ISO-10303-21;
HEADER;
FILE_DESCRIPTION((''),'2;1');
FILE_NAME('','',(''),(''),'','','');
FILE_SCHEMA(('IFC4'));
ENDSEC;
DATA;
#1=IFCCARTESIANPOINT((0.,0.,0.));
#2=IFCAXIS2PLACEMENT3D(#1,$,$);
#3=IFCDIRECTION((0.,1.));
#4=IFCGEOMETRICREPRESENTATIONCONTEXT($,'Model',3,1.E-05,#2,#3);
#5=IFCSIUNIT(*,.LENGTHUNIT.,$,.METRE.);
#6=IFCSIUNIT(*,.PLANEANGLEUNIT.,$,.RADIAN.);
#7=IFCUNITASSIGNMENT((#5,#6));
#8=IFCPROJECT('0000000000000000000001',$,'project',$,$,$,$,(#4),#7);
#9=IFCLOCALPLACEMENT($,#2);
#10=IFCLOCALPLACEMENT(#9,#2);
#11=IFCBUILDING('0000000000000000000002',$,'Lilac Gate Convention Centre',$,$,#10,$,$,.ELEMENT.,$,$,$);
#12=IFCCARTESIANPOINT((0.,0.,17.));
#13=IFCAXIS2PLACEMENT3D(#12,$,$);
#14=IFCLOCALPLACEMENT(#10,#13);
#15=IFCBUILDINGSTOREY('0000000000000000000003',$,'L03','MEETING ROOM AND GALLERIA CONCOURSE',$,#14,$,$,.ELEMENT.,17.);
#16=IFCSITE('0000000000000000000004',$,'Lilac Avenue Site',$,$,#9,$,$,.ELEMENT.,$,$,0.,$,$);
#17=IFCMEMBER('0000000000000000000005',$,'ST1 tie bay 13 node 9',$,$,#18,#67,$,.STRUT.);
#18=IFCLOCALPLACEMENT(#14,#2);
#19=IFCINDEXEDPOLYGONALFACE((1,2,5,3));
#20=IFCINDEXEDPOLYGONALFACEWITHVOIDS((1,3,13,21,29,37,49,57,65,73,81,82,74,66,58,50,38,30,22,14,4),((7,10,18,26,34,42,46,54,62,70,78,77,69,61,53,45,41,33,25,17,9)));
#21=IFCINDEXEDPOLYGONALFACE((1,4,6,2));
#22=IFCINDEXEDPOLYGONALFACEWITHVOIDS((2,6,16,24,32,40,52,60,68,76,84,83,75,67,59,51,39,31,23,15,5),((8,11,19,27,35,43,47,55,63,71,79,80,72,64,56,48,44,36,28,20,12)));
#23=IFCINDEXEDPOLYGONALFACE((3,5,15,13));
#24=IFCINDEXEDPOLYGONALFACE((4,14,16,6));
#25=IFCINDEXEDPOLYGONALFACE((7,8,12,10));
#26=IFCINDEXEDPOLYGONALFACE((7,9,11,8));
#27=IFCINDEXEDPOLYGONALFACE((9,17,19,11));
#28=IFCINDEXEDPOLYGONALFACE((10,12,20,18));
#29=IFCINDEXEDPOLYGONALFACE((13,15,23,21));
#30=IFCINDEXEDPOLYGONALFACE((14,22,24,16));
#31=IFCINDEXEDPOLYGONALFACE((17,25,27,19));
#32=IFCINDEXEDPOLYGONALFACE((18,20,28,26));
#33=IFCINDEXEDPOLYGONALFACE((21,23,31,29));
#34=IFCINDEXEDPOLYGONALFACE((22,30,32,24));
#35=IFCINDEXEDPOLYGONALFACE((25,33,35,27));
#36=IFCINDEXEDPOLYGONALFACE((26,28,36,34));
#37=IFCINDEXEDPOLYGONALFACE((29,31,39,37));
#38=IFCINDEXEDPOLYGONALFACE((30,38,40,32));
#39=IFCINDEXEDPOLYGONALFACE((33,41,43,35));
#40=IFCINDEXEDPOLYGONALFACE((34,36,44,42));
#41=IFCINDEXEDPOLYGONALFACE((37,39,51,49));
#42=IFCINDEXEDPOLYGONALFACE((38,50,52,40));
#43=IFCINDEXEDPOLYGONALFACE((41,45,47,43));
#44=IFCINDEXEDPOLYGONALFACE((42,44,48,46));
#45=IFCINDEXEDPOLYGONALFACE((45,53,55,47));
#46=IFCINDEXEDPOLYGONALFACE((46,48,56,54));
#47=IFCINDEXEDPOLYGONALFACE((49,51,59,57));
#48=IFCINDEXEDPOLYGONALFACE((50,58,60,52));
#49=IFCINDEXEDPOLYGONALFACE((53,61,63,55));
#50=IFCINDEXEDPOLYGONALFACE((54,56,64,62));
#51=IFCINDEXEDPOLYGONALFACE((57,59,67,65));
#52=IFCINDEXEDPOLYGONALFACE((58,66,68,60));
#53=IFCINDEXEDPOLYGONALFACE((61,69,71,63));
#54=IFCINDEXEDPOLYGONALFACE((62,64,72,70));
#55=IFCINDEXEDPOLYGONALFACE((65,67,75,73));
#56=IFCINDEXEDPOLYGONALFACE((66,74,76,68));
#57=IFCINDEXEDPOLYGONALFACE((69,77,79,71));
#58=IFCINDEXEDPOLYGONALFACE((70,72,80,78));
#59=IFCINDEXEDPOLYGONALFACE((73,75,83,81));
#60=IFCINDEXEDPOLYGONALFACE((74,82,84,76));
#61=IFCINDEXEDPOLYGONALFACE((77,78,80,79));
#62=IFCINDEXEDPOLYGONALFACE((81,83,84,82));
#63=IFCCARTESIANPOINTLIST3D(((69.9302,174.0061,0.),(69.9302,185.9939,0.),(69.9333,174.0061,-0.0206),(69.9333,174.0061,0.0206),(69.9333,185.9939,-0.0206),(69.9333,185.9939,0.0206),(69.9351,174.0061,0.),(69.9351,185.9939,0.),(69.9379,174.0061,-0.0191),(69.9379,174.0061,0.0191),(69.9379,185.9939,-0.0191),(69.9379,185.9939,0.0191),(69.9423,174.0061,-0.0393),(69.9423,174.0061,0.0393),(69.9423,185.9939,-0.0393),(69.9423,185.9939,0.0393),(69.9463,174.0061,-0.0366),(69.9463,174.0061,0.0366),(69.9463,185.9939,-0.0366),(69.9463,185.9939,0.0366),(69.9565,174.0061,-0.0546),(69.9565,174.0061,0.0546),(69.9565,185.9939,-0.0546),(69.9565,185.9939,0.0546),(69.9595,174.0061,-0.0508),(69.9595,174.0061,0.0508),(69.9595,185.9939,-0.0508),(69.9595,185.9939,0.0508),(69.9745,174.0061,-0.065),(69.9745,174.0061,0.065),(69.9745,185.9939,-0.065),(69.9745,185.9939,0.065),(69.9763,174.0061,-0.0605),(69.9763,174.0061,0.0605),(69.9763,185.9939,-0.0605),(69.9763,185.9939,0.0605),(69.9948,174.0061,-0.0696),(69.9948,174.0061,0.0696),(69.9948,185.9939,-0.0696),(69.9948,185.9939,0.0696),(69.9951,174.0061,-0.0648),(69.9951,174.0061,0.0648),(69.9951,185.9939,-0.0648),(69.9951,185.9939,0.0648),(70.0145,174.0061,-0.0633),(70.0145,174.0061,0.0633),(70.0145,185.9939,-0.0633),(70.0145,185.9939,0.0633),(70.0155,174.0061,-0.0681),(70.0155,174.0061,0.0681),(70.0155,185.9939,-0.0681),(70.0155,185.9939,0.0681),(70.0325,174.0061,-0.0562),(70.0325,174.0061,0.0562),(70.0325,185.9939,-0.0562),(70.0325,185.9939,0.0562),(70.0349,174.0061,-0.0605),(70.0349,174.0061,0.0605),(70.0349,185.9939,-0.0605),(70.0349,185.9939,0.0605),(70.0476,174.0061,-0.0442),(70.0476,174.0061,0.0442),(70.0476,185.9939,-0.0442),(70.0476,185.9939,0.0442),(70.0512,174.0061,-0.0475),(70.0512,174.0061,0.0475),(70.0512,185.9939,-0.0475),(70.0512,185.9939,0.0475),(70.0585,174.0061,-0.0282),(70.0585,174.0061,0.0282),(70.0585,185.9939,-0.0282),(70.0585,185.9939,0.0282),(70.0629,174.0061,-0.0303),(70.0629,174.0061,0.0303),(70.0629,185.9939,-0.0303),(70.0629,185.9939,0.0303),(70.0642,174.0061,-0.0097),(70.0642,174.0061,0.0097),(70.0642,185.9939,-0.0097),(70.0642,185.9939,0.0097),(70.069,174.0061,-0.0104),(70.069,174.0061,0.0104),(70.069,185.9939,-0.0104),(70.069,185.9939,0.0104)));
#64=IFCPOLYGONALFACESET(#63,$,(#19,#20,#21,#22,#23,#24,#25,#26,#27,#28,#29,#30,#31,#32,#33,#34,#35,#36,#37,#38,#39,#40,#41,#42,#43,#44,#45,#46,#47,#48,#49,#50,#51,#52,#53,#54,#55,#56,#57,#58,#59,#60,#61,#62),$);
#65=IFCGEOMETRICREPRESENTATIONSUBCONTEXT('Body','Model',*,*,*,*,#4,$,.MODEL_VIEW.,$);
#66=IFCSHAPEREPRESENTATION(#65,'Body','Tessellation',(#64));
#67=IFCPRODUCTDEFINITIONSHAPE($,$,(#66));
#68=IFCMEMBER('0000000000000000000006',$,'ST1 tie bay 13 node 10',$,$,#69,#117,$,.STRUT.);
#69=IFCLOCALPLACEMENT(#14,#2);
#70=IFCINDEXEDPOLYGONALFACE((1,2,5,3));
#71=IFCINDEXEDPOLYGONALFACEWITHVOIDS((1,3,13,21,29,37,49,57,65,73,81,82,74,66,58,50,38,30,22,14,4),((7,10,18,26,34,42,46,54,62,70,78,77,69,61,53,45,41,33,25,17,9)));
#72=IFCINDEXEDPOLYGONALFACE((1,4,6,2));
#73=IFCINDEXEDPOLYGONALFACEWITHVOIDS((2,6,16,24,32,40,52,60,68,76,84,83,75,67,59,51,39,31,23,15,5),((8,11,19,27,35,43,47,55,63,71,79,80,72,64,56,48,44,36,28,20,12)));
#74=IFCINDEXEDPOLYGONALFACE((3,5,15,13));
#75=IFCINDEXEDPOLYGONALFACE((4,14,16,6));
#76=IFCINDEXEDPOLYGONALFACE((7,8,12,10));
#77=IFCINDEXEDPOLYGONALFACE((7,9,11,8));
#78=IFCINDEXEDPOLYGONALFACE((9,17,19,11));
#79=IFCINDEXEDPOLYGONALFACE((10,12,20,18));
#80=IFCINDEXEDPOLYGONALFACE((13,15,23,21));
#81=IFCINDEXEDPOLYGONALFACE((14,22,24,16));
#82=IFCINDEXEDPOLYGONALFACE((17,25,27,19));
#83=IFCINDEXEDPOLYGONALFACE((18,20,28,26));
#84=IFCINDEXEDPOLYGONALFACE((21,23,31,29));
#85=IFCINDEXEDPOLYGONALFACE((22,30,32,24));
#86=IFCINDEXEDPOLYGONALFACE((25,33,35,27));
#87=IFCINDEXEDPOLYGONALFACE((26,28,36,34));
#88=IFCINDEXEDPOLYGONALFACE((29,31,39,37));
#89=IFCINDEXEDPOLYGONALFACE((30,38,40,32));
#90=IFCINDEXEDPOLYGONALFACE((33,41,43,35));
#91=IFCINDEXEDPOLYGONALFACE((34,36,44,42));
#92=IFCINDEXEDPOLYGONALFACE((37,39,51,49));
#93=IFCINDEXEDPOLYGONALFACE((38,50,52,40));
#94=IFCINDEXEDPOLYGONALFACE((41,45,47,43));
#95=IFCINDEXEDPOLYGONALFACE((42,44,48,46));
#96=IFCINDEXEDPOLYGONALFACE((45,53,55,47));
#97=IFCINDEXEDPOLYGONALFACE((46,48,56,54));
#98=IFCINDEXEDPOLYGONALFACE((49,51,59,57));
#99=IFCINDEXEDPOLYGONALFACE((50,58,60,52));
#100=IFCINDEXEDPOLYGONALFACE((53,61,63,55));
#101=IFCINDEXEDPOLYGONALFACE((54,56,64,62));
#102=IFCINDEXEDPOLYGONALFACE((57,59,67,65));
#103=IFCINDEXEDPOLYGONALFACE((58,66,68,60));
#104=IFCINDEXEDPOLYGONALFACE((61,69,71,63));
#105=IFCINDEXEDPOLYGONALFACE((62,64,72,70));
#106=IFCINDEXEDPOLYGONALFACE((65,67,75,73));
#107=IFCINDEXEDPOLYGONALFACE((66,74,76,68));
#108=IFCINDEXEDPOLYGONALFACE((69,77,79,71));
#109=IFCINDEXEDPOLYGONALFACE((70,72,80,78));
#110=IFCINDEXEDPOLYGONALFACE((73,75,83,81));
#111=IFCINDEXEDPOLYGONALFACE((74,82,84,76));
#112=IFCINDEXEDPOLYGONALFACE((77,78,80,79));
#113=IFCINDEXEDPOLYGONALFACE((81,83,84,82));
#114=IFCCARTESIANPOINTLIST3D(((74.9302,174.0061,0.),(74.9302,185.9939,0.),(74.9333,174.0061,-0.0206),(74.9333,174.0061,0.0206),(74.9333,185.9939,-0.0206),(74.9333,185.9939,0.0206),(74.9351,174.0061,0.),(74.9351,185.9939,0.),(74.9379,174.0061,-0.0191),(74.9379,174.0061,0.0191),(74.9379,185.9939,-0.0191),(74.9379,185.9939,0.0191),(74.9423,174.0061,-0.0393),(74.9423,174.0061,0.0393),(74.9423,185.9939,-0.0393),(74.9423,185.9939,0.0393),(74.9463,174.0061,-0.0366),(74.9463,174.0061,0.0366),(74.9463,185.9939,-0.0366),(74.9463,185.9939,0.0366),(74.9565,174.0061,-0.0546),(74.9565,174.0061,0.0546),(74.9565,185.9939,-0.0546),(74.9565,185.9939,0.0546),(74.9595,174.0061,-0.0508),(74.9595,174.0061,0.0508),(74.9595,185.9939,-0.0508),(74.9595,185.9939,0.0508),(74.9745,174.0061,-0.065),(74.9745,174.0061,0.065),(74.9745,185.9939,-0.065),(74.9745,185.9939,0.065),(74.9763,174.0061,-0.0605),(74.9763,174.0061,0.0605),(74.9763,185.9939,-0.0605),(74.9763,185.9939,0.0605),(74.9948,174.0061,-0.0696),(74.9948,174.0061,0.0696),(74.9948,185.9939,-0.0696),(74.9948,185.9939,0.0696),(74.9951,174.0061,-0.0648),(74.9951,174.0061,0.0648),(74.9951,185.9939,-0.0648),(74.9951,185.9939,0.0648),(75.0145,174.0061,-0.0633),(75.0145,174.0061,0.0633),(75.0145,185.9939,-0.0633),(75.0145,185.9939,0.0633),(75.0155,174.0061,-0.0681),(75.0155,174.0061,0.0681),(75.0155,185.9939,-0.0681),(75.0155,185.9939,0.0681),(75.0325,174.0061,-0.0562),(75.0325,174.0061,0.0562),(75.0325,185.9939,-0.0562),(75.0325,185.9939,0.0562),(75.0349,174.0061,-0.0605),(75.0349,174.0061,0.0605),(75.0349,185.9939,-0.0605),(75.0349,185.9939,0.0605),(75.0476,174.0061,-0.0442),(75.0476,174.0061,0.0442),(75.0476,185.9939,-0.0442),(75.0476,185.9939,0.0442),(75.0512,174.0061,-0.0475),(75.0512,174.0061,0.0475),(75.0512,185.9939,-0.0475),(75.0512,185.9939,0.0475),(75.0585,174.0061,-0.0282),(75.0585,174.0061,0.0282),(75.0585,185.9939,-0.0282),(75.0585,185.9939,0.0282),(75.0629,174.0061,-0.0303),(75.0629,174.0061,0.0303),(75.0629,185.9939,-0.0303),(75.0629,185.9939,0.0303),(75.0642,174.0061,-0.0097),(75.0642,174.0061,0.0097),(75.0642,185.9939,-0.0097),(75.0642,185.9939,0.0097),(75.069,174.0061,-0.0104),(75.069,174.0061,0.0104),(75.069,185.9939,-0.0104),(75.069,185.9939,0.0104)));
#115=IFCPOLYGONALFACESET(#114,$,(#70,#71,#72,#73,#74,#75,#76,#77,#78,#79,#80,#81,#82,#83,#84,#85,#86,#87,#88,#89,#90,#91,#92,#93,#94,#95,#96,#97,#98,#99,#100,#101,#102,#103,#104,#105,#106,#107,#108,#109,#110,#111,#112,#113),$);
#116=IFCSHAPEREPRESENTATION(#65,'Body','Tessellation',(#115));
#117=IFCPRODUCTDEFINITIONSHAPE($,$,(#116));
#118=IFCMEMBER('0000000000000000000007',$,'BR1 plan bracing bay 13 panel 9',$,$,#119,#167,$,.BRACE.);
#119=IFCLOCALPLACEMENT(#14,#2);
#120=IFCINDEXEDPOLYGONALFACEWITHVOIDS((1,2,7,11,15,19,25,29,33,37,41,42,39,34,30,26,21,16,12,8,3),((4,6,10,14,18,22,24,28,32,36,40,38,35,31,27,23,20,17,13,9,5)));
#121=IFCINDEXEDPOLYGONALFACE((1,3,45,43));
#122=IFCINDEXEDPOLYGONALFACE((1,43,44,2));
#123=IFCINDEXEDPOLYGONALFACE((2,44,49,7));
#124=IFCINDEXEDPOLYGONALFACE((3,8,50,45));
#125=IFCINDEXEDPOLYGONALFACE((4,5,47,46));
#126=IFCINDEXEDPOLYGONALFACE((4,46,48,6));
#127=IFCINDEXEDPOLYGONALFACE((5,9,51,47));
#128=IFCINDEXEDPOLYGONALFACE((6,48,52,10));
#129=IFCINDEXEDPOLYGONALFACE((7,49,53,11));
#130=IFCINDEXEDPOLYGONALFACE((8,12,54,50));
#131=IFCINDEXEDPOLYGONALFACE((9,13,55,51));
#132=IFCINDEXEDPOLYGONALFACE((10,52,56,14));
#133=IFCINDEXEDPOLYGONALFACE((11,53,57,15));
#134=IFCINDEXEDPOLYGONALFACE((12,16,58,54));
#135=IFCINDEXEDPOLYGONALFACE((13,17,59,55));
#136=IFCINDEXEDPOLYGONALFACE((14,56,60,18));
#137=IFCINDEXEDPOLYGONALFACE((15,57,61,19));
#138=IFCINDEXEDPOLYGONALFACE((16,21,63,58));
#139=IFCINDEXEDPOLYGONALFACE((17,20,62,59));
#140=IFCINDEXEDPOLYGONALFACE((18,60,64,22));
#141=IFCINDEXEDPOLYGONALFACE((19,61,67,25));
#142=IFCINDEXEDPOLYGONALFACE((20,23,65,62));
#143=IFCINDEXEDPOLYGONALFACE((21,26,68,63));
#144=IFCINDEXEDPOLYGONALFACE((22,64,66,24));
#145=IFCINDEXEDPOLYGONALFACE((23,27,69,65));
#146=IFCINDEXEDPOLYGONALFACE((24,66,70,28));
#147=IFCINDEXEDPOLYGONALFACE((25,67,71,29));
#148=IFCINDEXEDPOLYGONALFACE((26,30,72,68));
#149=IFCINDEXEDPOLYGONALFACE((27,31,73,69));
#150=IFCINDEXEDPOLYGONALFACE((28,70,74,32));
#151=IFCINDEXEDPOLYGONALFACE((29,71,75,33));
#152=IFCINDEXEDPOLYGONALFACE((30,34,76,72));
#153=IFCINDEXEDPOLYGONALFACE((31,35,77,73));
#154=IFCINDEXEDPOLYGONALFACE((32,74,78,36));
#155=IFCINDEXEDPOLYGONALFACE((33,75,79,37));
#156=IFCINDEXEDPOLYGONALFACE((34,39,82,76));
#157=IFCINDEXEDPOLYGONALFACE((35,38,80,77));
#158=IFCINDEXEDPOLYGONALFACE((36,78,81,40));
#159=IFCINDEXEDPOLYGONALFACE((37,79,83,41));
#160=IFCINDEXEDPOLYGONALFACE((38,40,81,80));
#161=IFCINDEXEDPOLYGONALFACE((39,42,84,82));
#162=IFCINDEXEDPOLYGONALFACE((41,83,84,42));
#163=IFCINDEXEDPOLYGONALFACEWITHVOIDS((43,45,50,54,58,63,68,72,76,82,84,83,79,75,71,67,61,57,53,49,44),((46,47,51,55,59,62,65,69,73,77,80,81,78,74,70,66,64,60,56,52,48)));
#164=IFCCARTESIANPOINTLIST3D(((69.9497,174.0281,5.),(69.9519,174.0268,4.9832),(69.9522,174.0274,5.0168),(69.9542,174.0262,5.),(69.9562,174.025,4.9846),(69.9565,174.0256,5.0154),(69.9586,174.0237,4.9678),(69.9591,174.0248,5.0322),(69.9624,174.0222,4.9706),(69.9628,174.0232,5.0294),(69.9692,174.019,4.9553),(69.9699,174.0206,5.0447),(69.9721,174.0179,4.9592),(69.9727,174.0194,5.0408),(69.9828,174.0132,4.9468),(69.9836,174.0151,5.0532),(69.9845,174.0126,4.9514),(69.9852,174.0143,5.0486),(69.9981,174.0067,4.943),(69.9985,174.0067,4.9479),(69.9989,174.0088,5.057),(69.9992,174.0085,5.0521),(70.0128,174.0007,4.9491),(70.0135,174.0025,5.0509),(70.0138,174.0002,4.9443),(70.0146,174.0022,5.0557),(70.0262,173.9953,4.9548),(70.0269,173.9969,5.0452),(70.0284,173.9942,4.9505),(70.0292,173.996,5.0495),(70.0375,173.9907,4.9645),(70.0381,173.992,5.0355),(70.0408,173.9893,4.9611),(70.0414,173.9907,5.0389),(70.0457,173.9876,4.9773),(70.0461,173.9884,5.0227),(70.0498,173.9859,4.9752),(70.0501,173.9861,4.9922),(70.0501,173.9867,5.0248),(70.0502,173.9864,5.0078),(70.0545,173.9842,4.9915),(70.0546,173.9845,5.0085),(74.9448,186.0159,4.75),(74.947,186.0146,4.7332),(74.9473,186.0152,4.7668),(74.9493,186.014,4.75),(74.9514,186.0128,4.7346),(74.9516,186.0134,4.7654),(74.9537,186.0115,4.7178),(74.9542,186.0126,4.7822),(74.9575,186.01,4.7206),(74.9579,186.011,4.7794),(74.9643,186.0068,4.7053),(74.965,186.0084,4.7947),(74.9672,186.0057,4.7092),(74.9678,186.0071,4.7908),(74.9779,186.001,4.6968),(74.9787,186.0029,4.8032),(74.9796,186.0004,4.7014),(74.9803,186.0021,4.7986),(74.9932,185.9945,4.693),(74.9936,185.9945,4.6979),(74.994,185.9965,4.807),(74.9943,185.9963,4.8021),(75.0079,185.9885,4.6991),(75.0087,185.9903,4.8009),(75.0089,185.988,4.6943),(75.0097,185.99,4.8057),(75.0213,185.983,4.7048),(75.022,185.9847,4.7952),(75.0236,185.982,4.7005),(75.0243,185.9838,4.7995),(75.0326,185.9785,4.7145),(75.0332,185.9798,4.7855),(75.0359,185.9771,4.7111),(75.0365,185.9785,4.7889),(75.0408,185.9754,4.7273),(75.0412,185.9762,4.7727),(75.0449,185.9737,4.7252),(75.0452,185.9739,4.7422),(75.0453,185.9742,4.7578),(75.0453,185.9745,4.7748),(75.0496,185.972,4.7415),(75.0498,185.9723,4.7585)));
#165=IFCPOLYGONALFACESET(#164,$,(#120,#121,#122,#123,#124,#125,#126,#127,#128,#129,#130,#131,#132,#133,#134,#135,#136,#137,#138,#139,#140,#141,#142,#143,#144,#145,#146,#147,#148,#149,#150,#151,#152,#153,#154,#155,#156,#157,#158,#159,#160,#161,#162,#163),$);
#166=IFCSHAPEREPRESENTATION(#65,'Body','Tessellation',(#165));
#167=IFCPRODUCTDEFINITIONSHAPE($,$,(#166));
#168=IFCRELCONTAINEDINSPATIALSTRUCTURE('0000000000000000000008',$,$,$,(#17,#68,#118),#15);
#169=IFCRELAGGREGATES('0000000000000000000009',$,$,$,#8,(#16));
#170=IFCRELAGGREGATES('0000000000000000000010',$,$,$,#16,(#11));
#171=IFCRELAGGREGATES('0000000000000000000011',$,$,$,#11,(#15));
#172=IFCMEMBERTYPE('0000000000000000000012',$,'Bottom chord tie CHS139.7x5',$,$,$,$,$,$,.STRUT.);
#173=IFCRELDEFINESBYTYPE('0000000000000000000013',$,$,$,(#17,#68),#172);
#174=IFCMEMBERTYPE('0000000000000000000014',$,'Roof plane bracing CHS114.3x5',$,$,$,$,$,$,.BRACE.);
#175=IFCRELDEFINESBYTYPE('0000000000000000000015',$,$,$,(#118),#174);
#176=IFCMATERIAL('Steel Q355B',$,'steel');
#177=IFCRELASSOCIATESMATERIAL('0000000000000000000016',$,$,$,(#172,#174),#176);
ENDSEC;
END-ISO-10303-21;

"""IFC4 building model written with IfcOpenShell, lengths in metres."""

from ifc_helpers import new_model, si_unit, direction, frame, origin, origin_2d, place, context, subcontext, project, spatial, hollow_circle, extrude, material, material_profile, profile_set, type_object, element, save


model = new_model("IFC4")

# Units and contexts
model_context = context("Model", 3, precision=1e-05, world=origin(), true_north=direction((0.0, 1.0)))
body_context = subcontext(model_context, "Body", "Model", "MODEL_VIEW")
ifc_project = project(units=[si_unit("LENGTHUNIT", "METRE"), si_unit("PLANEANGLEUNIT", "RADIAN")], contexts=[model_context])

# Site, building, storey
site_placement = place(None, origin())
site = spatial("IfcSite", under=ifc_project, at=site_placement, Name="Lilac Avenue Site", CompositionType="ELEMENT", RefElevation=0.0)
building_placement = place(site_placement, origin())
building = spatial("IfcBuilding", under=site, at=building_placement, Name="Lilac Gate Convention Centre", CompositionType="ELEMENT")
storey_placement = place(building_placement, frame((0.0, 0.0, 17.0)))
storey = spatial("IfcBuildingStorey", under=building, at=storey_placement, Name="L03", Description="MEETING ROOM AND GALLERIA CONCOURSE", CompositionType="ELEMENT", Elevation=17.0)

# Members
ifc_material = material(Name="Steel Q355B", Category="steel")
ifc_material_profile_1 = material_profile(ifc_material, hollow_circle(Radius=0.0698, WallThickness=0.0049, at=origin_2d()), Name="CHS139.7x5")
ifc_profile_set_1 = profile_set([ifc_material_profile_1], Name="Steel Q355B")
member_type_1 = type_object("IfcMemberType", Name="Bottom chord tie CHS139.7x5", PredefinedType="STRUT", material=ifc_profile_set_1)
for number, where, z_axis, x_axis, name in (
    (1, (70.0, 174.0061, 0.0), (0.0, 1.0, 0.0), (-1.0, 0.0, 0.0), "ST1 tie bay 13 node 9"),
    (2, (75.0, 174.0061, 0.0), (0.0, 1.0, 0.0), (-1.0, 0.0, 0.0), "ST1 tie bay 13 node 10"),
):
    element("IfcMember", number, at=place(storey_placement, frame(where, z_axis=z_axis, x_axis=x_axis)), inside=storey, type_object=member_type_1, Name=name, PredefinedType="STRUT", context=body_context, shape_type="SweptSolid", body=[
        extrude(hollow_circle(Radius=0.0698, WallThickness=0.0049, at=origin_2d()), origin(), (0.0, 0.0, 1.0), 11.9878),
    ])
ifc_material_profile_2 = material_profile(ifc_material, hollow_circle(Radius=0.0571, WallThickness=0.0049, at=origin_2d()), Name="CHS114.3x5")
ifc_profile_set_2 = profile_set([ifc_material_profile_2], Name="Steel Q355B")
member_type_2 = type_object("IfcMemberType", Name="Roof plane bracing CHS114.3x5", PredefinedType="BRACE", material=ifc_profile_set_2)
member_1_placement = place(storey_placement, frame((70.0024, 174.0061, 5.0), z_axis=(0.384557, 0.9229, -0.019247), x_axis=(-0.923071, 0.384629, 0.0)))
element("IfcMember", 3, at=member_1_placement, inside=storey, type_object=member_type_2, Name="BR1 plan bracing bay 13 panel 9", PredefinedType="BRACE", context=body_context, shape_type="SweptSolid", body=[
    extrude(hollow_circle(Radius=0.0571, WallThickness=0.0049, at=origin_2d()), origin(), (0.0, 0.0, 1.0), 12.9893),
])

save(model, "model.ifc")
